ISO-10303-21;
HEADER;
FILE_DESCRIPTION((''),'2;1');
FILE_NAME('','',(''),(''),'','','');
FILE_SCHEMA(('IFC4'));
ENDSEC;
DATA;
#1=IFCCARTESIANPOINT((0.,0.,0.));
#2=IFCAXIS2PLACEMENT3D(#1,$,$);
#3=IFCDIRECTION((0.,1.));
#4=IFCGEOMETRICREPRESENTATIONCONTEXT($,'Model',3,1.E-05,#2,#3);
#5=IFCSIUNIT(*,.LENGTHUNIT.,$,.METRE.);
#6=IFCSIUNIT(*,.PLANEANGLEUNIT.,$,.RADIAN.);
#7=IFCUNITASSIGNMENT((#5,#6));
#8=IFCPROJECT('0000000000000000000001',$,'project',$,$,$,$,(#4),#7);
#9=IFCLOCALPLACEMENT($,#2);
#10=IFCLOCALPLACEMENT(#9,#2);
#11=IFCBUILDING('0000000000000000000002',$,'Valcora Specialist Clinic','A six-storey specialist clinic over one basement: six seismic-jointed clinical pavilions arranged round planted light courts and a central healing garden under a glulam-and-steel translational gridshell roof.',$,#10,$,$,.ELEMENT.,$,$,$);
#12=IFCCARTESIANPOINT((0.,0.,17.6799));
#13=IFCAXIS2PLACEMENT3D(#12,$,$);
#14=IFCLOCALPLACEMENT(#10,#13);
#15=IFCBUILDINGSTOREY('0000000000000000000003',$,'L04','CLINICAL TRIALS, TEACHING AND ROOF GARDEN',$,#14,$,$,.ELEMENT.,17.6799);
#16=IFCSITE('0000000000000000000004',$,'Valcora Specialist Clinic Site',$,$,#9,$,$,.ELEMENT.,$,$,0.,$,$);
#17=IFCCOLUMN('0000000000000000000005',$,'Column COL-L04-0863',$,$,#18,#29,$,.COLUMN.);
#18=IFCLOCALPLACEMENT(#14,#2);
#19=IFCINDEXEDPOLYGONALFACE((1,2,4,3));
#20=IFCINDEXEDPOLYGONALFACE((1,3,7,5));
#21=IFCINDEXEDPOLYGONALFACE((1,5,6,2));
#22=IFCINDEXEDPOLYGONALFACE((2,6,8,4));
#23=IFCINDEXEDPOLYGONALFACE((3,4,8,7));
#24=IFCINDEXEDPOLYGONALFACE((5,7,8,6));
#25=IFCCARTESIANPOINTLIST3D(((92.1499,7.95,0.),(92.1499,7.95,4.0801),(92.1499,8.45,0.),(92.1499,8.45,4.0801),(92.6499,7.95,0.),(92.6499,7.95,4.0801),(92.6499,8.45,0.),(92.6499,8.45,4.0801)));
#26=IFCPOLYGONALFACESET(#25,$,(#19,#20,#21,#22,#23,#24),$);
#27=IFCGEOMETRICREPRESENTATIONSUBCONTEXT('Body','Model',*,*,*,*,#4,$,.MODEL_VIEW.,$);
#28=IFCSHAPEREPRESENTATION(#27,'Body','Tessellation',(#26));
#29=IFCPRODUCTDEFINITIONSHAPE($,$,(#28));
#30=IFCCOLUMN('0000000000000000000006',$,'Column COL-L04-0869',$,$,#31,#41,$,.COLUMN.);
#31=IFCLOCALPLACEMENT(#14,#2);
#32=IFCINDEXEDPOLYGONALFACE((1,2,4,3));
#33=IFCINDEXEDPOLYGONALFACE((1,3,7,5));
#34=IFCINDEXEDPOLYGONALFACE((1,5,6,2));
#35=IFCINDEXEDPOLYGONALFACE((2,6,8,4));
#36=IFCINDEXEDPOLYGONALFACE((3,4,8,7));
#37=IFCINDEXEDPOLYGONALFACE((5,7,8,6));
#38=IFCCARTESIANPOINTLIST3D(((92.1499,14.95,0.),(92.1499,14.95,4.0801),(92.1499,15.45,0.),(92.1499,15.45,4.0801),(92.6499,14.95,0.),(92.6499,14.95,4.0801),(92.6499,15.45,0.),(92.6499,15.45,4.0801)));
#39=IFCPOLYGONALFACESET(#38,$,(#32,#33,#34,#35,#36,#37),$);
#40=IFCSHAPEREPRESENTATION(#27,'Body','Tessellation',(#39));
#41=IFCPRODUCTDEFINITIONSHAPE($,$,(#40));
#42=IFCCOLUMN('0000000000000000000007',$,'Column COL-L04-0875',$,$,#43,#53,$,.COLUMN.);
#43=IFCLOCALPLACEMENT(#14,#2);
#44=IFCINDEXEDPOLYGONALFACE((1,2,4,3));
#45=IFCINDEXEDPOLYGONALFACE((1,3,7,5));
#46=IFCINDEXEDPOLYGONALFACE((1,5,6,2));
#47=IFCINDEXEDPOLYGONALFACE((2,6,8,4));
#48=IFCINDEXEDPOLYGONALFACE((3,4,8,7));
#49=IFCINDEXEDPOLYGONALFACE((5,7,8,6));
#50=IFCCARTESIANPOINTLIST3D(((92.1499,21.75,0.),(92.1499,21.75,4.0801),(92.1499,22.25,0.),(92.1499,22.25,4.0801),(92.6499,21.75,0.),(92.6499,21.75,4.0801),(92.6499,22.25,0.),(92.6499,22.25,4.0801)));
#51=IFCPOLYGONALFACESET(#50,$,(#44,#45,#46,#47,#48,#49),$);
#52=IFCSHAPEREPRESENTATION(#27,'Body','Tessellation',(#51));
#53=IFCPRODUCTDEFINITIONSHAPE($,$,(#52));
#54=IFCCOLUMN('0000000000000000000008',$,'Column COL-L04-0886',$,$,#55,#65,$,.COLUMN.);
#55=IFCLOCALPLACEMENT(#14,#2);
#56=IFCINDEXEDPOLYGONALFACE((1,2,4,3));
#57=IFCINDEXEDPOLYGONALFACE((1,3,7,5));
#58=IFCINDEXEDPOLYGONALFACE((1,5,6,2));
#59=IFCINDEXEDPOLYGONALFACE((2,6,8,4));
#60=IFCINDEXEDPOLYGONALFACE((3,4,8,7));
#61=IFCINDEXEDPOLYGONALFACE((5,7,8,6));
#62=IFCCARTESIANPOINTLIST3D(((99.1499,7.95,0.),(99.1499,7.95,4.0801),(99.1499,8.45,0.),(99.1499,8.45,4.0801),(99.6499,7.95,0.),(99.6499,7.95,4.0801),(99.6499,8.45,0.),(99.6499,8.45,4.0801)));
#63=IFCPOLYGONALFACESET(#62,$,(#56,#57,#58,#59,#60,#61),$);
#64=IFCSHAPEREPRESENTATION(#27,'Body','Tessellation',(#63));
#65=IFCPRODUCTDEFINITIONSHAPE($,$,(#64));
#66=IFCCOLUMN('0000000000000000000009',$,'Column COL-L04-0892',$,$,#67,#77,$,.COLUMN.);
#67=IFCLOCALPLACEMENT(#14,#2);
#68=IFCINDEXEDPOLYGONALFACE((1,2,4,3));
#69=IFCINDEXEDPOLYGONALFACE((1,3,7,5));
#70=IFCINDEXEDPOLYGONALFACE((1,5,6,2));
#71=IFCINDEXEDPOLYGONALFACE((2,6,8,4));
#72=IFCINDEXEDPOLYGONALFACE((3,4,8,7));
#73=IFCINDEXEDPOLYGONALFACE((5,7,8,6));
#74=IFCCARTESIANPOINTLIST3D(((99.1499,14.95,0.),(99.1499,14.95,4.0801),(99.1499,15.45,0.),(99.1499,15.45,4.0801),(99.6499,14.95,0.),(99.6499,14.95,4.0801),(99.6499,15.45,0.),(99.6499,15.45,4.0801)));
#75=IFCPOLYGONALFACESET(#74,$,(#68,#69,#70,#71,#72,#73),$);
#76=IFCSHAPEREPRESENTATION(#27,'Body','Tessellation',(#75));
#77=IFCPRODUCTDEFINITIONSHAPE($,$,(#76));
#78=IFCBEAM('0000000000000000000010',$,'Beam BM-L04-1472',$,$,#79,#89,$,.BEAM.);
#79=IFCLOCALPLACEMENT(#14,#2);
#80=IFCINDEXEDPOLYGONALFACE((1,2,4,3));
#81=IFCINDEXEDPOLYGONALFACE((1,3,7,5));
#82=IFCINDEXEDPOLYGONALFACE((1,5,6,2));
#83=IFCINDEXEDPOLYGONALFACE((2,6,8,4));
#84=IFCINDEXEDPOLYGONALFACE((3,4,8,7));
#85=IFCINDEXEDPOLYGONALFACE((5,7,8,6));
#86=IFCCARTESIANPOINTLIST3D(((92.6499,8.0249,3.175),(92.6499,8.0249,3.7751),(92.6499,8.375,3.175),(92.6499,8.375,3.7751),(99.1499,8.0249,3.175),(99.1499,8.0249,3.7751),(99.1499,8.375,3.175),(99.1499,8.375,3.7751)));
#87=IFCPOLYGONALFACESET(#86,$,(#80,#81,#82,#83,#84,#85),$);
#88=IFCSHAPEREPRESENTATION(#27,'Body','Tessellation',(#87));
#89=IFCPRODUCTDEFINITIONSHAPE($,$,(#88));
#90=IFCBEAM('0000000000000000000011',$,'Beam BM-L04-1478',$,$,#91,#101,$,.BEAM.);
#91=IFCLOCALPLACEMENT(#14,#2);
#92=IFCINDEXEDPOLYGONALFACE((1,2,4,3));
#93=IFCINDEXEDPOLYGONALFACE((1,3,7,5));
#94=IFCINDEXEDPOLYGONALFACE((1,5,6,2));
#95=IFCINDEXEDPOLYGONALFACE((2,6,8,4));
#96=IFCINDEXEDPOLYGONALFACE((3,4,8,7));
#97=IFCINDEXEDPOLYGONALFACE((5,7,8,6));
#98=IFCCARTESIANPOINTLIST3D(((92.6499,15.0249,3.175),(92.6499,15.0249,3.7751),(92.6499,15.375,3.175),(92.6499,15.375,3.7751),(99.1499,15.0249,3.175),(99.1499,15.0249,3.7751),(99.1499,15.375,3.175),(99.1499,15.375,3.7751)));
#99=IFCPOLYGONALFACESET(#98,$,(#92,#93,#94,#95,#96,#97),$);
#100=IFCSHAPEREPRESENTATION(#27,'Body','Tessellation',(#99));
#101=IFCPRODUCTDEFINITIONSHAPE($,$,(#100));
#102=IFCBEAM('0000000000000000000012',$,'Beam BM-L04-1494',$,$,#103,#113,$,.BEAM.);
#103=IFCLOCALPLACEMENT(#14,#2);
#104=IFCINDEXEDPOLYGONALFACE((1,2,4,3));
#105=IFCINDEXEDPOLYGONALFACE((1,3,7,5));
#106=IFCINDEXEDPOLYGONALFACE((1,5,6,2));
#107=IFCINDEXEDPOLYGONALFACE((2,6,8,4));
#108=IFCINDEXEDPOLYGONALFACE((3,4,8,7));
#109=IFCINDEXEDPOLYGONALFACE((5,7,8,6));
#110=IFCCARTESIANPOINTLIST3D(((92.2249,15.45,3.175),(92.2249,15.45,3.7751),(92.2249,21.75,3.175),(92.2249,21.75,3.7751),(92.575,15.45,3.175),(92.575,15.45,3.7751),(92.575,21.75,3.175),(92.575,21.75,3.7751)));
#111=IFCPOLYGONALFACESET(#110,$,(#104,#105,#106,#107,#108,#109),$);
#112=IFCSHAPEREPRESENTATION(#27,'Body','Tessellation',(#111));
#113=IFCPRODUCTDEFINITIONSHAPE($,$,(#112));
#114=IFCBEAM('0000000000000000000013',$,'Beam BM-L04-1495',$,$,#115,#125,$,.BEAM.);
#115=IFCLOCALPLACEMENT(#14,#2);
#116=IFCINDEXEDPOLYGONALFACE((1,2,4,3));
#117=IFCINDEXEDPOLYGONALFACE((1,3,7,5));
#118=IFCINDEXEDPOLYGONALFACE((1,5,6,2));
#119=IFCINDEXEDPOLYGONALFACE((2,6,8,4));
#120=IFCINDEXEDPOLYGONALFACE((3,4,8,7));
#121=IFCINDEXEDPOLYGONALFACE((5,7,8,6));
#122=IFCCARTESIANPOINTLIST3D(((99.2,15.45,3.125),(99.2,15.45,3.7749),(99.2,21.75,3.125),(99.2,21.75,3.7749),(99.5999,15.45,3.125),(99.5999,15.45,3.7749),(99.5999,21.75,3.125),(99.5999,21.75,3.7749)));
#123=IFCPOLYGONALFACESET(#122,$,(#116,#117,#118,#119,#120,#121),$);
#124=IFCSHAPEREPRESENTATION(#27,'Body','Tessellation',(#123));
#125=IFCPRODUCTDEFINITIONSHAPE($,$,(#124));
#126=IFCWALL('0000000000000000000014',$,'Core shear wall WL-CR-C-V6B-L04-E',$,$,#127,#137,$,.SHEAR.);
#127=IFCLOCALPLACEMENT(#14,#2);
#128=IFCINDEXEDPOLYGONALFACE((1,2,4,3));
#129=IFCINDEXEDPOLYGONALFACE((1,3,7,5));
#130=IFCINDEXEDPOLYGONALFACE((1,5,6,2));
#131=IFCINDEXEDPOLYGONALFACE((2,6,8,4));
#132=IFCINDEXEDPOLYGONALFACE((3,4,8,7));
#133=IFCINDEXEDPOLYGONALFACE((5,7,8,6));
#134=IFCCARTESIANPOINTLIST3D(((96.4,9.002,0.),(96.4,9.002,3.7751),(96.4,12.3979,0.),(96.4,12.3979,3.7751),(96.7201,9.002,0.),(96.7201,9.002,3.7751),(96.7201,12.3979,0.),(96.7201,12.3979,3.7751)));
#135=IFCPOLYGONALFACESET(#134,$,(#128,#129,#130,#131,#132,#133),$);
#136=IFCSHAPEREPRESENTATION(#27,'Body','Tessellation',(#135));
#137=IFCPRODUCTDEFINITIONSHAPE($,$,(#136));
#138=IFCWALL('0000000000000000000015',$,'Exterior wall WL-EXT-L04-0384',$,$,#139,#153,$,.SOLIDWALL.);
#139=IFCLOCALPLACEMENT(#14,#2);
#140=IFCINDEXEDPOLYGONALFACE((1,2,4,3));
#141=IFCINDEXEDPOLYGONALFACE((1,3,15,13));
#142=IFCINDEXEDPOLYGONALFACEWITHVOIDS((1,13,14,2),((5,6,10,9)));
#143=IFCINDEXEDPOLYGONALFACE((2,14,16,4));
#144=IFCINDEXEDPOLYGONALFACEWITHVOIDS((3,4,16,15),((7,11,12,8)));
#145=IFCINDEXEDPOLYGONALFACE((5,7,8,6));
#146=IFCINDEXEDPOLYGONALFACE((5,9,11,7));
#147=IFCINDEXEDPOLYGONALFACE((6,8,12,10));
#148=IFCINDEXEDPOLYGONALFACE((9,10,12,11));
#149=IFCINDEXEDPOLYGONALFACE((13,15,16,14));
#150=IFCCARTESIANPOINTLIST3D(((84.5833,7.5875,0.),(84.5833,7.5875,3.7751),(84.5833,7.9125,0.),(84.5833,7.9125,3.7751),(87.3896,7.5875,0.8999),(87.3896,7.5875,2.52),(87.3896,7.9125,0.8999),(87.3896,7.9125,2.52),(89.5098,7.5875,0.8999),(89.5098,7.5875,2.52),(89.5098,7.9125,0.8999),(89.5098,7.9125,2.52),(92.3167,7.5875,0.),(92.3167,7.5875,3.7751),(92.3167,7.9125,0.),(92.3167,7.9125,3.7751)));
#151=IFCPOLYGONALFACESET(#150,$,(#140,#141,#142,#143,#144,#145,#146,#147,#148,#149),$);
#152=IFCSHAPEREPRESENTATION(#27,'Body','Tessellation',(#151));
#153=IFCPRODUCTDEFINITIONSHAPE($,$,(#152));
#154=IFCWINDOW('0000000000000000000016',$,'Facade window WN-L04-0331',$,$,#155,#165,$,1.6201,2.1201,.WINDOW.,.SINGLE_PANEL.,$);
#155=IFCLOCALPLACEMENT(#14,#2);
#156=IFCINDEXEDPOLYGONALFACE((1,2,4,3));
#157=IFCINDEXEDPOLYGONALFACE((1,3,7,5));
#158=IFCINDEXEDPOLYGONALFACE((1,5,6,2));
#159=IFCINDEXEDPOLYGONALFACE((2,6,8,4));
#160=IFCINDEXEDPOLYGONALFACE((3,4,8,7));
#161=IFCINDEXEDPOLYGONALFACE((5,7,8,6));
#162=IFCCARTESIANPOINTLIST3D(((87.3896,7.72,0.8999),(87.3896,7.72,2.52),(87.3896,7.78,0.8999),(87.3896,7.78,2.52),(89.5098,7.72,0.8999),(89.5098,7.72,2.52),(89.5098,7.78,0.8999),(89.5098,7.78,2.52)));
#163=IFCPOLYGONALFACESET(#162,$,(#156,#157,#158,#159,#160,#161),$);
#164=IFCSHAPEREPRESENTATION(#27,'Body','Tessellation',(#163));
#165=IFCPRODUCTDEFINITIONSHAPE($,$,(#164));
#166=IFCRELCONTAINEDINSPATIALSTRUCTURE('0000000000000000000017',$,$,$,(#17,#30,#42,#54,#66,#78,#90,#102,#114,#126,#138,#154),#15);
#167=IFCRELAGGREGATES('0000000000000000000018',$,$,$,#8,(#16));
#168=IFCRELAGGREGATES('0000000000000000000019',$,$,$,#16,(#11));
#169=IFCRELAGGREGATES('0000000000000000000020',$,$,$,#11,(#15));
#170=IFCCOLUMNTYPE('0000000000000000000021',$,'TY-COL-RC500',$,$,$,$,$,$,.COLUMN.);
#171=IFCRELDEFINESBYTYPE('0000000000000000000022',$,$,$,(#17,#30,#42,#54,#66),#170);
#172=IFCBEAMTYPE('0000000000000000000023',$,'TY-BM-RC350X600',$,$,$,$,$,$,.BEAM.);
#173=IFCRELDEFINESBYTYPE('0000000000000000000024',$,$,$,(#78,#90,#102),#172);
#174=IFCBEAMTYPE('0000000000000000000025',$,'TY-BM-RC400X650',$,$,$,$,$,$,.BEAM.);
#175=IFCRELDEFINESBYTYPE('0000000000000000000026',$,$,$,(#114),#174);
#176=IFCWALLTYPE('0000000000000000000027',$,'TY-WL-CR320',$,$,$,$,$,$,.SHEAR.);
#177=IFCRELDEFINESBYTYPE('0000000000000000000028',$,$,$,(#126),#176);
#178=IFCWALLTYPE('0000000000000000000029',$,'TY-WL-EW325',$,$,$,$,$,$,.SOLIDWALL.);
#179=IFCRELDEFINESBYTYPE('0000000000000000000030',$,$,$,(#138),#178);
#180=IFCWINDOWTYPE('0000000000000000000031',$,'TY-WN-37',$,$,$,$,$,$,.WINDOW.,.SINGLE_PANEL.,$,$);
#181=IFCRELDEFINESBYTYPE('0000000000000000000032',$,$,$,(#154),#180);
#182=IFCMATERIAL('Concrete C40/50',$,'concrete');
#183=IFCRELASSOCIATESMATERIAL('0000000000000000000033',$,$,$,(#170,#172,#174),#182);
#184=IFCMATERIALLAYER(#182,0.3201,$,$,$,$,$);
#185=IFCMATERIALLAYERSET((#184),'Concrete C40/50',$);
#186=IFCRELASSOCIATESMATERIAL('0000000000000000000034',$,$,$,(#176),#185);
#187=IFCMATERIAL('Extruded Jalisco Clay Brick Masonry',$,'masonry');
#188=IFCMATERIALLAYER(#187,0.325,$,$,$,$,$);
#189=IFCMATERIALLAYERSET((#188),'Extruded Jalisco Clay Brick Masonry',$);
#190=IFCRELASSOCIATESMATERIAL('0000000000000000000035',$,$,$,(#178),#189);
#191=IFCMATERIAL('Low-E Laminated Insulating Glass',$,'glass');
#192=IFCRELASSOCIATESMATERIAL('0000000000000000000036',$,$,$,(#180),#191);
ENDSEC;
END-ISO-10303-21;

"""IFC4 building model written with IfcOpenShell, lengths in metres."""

from ifc_helpers import new_model, si_unit, direction, frame, frame_2d, origin, origin_2d, place, context, subcontext, project, spatial, rectangle, extrude, material, layer, layer_set, material_profile, profile_set, type_object, element, fill, save


model = new_model("IFC4")

# Units and contexts
model_context = context("Model", 3, precision=1e-05, world=origin(), true_north=direction((0.0, 1.0)))
body_context = subcontext(model_context, "Body", "Model", "MODEL_VIEW")
ifc_project = project(units=[si_unit("LENGTHUNIT", "METRE"), si_unit("PLANEANGLEUNIT", "RADIAN")], contexts=[model_context])

# Site, building, storey
site_placement = place(None, origin())
site = spatial("IfcSite", under=ifc_project, at=site_placement, Name="Valcora Specialist Clinic Site", CompositionType="ELEMENT", RefElevation=0.0)
building_placement = place(site_placement, origin())
building = spatial("IfcBuilding", under=site, at=building_placement, Name="Valcora Specialist Clinic", Description="A six-storey specialist clinic over one basement: six seismic-jointed clinical pavilions arranged round planted light courts and a central healing garden under a glulam-and-steel translational gridshell roof.", CompositionType="ELEMENT")
storey_placement = place(building_placement, frame((0.0, 0.0, 17.6799)))
storey = spatial("IfcBuildingStorey", under=building, at=storey_placement, Name="L04", Description="CLINICAL TRIALS, TEACHING AND ROOF GARDEN", CompositionType="ELEMENT", Elevation=17.6799)

# Columns
ifc_material_1 = material(Name="Concrete C40/50", Category="concrete")
ifc_material_profile_1 = material_profile(ifc_material_1, rectangle(XDim=0.5, YDim=0.5, at=origin_2d()), Name="RC-COL-500X500")
ifc_profile_set_1 = profile_set([ifc_material_profile_1], Name="Concrete C40/50")
column_type = type_object("IfcColumnType", Name="TY-COL-RC500", PredefinedType="COLUMN", material=ifc_profile_set_1)
for number, where, z_axis, x_axis, name in (
    (1, (92.3999, 8.2, 0.0), (0.0, 0.0, 1.0), (1.0, 0.0, 0.0), "Column COL-L04-0863"),
    (2, (92.3999, 15.2, 0.0), (0.0, 0.0, 1.0), (1.0, 0.0, 0.0), "Column COL-L04-0869"),
    (3, (92.3999, 22.0, 0.0), (0.0, 0.0, 1.0), (1.0, 0.0, 0.0), "Column COL-L04-0875"),
    (4, (99.3999, 8.2, 0.0), (0.0, 0.0, 1.0), (1.0, 0.0, 0.0), "Column COL-L04-0886"),
    (5, (99.3999, 15.2, 0.0), (0.0, 0.0, 1.0), (1.0, 0.0, 0.0), "Column COL-L04-0892"),
):
    element("IfcColumn", number, at=place(storey_placement, frame(where, z_axis=z_axis, x_axis=x_axis)), inside=storey, type_object=column_type, Name=name, PredefinedType="COLUMN", context=body_context, shape_type="SweptSolid", body=[
        extrude(rectangle(XDim=0.5, YDim=0.5, at=origin_2d()), origin(), (0.0, 0.0, 1.0), 4.0801),
    ])

# Beams
ifc_material_profile_2 = material_profile(ifc_material_1, rectangle(XDim=0.3501, YDim=0.6001, at=origin_2d()), Name="RC-BM-350X600")
ifc_profile_set_2 = profile_set([ifc_material_profile_2], Name="Concrete C40/50")
beam_type_1 = type_object("IfcBeamType", Name="TY-BM-RC350X600", PredefinedType="BEAM", material=ifc_profile_set_2)
for number, where, z_axis, x_axis, name in (
    (6, (92.6499, 8.2, 3.4751), (1.0, 0.0, 0.0), (0.0, 1.0, 0.0), "Beam BM-L04-1472"),
    (7, (92.6499, 15.2, 3.4751), (1.0, 0.0, 0.0), (0.0, 1.0, 0.0), "Beam BM-L04-1478"),
):
    element("IfcBeam", number, at=place(storey_placement, frame(where, z_axis=z_axis, x_axis=x_axis)), inside=storey, type_object=beam_type_1, Name=name, PredefinedType="BEAM", context=body_context, shape_type="SweptSolid", body=[
        extrude(rectangle(XDim=0.3501, YDim=0.6001, at=origin_2d()), origin(), (0.0, 0.0, 1.0), 6.5),
    ])
beam_1_placement = place(storey_placement, frame((92.3999, 15.45, 3.4751), z_axis=(0.0, 1.0, 0.0), x_axis=(-1.0, 0.0, 0.0)))
element("IfcBeam", 8, at=beam_1_placement, inside=storey, type_object=beam_type_1, Name="Beam BM-L04-1494", PredefinedType="BEAM", context=body_context, shape_type="SweptSolid", body=[
    extrude(rectangle(XDim=0.3501, YDim=0.6001, at=origin_2d()), origin(), (0.0, 0.0, 1.0), 6.3),
])
ifc_material_profile_3 = material_profile(ifc_material_1, rectangle(XDim=0.3999, YDim=0.6499, at=origin_2d()), Name="RC-BM-400X650")
ifc_profile_set_3 = profile_set([ifc_material_profile_3], Name="Concrete C40/50")
beam_type_2 = type_object("IfcBeamType", Name="TY-BM-RC400X650", PredefinedType="BEAM", material=ifc_profile_set_3)
beam_2_placement = place(storey_placement, frame((99.3999, 15.45, 3.45), z_axis=(0.0, 1.0, 0.0), x_axis=(-1.0, 0.0, 0.0)))
element("IfcBeam", 9, at=beam_2_placement, inside=storey, type_object=beam_type_2, Name="Beam BM-L04-1495", PredefinedType="BEAM", context=body_context, shape_type="SweptSolid", body=[
    extrude(rectangle(XDim=0.3999, YDim=0.6499, at=origin_2d()), origin(), (0.0, 0.0, 1.0), 6.3),
])

# Wall
ifc_layer_1 = layer(ifc_material_1, 0.3201)
ifc_layer_set_1 = layer_set([ifc_layer_1], Name="Concrete C40/50")
wall_type_1 = type_object("IfcWallType", Name="TY-WL-CR320", PredefinedType="SHEAR", material=ifc_layer_set_1)
wall_1_placement = place(storey_placement, frame((96.5601, 9.002, 0.0), z_axis=(0.0, 0.0, 1.0), x_axis=(0.0, 1.0, 0.0)))
element("IfcWall", 10, at=wall_1_placement, inside=storey, type_object=wall_type_1, Name="Core shear wall WL-CR-C-V6B-L04-E", PredefinedType="SHEAR", context=body_context, shape_type="SweptSolid", body=[
    extrude(rectangle(XDim=3.396, YDim=0.3201, at=frame_2d((1.698, 0.0))), origin(), (0.0, 0.0, 1.0), 3.7751),
])

# Wall, opening, window
ifc_material_2 = material(Name="Extruded Jalisco Clay Brick Masonry", Category="masonry")
ifc_layer_2 = layer(ifc_material_2, 0.325)
ifc_layer_set_2 = layer_set([ifc_layer_2], Name="Extruded Jalisco Clay Brick Masonry")
wall_type_2 = type_object("IfcWallType", Name="TY-WL-EW325", PredefinedType="SOLIDWALL", material=ifc_layer_set_2)
wall_2_placement = place(storey_placement, frame((92.3167, 7.75, 0.0), z_axis=(0.0, 0.0, 1.0), x_axis=(-1.0, 0.0, 0.0)))
wall_2 = element("IfcWall", 11, at=wall_2_placement, inside=storey, type_object=wall_type_2, Name="Exterior wall WL-EXT-L04-0384", PredefinedType="SOLIDWALL", context=body_context, shape_type="SweptSolid", body=[
    extrude(rectangle(XDim=7.7334, YDim=0.325, at=frame_2d((3.8667, 0.0))), origin(), (0.0, 0.0, 1.0), 3.7751),
])
opening_1_placement = place(wall_2_placement, frame((2.8069, 0.0, 0.8999)))
opening_1 = element("IfcOpeningElement", 12, at=opening_1_placement, cuts=wall_2, PredefinedType="OPENING", context=body_context, shape_type="SweptSolid", body=[
    extrude(rectangle(XDim=2.1201, YDim=1.6201, at=frame_2d((1.0601, 0.8101))), frame((0.0, 0.1724, 0.0), z_axis=(0.0, -1.0, 0.0), x_axis=(1.0, 0.0, 0.0)), (0.0, 0.0, 1.0), 0.345),
])
ifc_material_3 = material(Name="Low-E Laminated Insulating Glass", Category="glass")
window_type_1 = type_object("IfcWindowType", Name="TY-WN-37", PartitioningType="SINGLE_PANEL", PredefinedType="WINDOW", material=ifc_material_3)
window_1_placement = place(opening_1_placement, origin())
window_1 = element("IfcWindow", 13, at=window_1_placement, inside=storey, type_object=window_type_1, Name="Facade window WN-L04-0331", OverallHeight=1.6201, OverallWidth=2.1201, PartitioningType="SINGLE_PANEL", PredefinedType="WINDOW", context=body_context, shape_type="SweptSolid", body=[
    extrude(rectangle(XDim=2.1201, YDim=1.6201, at=frame_2d((1.0601, 0.8101))), frame((0.0, 0.03, 0.0), z_axis=(0.0, -1.0, 0.0), x_axis=(1.0, 0.0, 0.0)), (0.0, 0.0, 1.0), 0.0601),
])
fill(opening_1, window_1)

save(model, "model.ifc")
